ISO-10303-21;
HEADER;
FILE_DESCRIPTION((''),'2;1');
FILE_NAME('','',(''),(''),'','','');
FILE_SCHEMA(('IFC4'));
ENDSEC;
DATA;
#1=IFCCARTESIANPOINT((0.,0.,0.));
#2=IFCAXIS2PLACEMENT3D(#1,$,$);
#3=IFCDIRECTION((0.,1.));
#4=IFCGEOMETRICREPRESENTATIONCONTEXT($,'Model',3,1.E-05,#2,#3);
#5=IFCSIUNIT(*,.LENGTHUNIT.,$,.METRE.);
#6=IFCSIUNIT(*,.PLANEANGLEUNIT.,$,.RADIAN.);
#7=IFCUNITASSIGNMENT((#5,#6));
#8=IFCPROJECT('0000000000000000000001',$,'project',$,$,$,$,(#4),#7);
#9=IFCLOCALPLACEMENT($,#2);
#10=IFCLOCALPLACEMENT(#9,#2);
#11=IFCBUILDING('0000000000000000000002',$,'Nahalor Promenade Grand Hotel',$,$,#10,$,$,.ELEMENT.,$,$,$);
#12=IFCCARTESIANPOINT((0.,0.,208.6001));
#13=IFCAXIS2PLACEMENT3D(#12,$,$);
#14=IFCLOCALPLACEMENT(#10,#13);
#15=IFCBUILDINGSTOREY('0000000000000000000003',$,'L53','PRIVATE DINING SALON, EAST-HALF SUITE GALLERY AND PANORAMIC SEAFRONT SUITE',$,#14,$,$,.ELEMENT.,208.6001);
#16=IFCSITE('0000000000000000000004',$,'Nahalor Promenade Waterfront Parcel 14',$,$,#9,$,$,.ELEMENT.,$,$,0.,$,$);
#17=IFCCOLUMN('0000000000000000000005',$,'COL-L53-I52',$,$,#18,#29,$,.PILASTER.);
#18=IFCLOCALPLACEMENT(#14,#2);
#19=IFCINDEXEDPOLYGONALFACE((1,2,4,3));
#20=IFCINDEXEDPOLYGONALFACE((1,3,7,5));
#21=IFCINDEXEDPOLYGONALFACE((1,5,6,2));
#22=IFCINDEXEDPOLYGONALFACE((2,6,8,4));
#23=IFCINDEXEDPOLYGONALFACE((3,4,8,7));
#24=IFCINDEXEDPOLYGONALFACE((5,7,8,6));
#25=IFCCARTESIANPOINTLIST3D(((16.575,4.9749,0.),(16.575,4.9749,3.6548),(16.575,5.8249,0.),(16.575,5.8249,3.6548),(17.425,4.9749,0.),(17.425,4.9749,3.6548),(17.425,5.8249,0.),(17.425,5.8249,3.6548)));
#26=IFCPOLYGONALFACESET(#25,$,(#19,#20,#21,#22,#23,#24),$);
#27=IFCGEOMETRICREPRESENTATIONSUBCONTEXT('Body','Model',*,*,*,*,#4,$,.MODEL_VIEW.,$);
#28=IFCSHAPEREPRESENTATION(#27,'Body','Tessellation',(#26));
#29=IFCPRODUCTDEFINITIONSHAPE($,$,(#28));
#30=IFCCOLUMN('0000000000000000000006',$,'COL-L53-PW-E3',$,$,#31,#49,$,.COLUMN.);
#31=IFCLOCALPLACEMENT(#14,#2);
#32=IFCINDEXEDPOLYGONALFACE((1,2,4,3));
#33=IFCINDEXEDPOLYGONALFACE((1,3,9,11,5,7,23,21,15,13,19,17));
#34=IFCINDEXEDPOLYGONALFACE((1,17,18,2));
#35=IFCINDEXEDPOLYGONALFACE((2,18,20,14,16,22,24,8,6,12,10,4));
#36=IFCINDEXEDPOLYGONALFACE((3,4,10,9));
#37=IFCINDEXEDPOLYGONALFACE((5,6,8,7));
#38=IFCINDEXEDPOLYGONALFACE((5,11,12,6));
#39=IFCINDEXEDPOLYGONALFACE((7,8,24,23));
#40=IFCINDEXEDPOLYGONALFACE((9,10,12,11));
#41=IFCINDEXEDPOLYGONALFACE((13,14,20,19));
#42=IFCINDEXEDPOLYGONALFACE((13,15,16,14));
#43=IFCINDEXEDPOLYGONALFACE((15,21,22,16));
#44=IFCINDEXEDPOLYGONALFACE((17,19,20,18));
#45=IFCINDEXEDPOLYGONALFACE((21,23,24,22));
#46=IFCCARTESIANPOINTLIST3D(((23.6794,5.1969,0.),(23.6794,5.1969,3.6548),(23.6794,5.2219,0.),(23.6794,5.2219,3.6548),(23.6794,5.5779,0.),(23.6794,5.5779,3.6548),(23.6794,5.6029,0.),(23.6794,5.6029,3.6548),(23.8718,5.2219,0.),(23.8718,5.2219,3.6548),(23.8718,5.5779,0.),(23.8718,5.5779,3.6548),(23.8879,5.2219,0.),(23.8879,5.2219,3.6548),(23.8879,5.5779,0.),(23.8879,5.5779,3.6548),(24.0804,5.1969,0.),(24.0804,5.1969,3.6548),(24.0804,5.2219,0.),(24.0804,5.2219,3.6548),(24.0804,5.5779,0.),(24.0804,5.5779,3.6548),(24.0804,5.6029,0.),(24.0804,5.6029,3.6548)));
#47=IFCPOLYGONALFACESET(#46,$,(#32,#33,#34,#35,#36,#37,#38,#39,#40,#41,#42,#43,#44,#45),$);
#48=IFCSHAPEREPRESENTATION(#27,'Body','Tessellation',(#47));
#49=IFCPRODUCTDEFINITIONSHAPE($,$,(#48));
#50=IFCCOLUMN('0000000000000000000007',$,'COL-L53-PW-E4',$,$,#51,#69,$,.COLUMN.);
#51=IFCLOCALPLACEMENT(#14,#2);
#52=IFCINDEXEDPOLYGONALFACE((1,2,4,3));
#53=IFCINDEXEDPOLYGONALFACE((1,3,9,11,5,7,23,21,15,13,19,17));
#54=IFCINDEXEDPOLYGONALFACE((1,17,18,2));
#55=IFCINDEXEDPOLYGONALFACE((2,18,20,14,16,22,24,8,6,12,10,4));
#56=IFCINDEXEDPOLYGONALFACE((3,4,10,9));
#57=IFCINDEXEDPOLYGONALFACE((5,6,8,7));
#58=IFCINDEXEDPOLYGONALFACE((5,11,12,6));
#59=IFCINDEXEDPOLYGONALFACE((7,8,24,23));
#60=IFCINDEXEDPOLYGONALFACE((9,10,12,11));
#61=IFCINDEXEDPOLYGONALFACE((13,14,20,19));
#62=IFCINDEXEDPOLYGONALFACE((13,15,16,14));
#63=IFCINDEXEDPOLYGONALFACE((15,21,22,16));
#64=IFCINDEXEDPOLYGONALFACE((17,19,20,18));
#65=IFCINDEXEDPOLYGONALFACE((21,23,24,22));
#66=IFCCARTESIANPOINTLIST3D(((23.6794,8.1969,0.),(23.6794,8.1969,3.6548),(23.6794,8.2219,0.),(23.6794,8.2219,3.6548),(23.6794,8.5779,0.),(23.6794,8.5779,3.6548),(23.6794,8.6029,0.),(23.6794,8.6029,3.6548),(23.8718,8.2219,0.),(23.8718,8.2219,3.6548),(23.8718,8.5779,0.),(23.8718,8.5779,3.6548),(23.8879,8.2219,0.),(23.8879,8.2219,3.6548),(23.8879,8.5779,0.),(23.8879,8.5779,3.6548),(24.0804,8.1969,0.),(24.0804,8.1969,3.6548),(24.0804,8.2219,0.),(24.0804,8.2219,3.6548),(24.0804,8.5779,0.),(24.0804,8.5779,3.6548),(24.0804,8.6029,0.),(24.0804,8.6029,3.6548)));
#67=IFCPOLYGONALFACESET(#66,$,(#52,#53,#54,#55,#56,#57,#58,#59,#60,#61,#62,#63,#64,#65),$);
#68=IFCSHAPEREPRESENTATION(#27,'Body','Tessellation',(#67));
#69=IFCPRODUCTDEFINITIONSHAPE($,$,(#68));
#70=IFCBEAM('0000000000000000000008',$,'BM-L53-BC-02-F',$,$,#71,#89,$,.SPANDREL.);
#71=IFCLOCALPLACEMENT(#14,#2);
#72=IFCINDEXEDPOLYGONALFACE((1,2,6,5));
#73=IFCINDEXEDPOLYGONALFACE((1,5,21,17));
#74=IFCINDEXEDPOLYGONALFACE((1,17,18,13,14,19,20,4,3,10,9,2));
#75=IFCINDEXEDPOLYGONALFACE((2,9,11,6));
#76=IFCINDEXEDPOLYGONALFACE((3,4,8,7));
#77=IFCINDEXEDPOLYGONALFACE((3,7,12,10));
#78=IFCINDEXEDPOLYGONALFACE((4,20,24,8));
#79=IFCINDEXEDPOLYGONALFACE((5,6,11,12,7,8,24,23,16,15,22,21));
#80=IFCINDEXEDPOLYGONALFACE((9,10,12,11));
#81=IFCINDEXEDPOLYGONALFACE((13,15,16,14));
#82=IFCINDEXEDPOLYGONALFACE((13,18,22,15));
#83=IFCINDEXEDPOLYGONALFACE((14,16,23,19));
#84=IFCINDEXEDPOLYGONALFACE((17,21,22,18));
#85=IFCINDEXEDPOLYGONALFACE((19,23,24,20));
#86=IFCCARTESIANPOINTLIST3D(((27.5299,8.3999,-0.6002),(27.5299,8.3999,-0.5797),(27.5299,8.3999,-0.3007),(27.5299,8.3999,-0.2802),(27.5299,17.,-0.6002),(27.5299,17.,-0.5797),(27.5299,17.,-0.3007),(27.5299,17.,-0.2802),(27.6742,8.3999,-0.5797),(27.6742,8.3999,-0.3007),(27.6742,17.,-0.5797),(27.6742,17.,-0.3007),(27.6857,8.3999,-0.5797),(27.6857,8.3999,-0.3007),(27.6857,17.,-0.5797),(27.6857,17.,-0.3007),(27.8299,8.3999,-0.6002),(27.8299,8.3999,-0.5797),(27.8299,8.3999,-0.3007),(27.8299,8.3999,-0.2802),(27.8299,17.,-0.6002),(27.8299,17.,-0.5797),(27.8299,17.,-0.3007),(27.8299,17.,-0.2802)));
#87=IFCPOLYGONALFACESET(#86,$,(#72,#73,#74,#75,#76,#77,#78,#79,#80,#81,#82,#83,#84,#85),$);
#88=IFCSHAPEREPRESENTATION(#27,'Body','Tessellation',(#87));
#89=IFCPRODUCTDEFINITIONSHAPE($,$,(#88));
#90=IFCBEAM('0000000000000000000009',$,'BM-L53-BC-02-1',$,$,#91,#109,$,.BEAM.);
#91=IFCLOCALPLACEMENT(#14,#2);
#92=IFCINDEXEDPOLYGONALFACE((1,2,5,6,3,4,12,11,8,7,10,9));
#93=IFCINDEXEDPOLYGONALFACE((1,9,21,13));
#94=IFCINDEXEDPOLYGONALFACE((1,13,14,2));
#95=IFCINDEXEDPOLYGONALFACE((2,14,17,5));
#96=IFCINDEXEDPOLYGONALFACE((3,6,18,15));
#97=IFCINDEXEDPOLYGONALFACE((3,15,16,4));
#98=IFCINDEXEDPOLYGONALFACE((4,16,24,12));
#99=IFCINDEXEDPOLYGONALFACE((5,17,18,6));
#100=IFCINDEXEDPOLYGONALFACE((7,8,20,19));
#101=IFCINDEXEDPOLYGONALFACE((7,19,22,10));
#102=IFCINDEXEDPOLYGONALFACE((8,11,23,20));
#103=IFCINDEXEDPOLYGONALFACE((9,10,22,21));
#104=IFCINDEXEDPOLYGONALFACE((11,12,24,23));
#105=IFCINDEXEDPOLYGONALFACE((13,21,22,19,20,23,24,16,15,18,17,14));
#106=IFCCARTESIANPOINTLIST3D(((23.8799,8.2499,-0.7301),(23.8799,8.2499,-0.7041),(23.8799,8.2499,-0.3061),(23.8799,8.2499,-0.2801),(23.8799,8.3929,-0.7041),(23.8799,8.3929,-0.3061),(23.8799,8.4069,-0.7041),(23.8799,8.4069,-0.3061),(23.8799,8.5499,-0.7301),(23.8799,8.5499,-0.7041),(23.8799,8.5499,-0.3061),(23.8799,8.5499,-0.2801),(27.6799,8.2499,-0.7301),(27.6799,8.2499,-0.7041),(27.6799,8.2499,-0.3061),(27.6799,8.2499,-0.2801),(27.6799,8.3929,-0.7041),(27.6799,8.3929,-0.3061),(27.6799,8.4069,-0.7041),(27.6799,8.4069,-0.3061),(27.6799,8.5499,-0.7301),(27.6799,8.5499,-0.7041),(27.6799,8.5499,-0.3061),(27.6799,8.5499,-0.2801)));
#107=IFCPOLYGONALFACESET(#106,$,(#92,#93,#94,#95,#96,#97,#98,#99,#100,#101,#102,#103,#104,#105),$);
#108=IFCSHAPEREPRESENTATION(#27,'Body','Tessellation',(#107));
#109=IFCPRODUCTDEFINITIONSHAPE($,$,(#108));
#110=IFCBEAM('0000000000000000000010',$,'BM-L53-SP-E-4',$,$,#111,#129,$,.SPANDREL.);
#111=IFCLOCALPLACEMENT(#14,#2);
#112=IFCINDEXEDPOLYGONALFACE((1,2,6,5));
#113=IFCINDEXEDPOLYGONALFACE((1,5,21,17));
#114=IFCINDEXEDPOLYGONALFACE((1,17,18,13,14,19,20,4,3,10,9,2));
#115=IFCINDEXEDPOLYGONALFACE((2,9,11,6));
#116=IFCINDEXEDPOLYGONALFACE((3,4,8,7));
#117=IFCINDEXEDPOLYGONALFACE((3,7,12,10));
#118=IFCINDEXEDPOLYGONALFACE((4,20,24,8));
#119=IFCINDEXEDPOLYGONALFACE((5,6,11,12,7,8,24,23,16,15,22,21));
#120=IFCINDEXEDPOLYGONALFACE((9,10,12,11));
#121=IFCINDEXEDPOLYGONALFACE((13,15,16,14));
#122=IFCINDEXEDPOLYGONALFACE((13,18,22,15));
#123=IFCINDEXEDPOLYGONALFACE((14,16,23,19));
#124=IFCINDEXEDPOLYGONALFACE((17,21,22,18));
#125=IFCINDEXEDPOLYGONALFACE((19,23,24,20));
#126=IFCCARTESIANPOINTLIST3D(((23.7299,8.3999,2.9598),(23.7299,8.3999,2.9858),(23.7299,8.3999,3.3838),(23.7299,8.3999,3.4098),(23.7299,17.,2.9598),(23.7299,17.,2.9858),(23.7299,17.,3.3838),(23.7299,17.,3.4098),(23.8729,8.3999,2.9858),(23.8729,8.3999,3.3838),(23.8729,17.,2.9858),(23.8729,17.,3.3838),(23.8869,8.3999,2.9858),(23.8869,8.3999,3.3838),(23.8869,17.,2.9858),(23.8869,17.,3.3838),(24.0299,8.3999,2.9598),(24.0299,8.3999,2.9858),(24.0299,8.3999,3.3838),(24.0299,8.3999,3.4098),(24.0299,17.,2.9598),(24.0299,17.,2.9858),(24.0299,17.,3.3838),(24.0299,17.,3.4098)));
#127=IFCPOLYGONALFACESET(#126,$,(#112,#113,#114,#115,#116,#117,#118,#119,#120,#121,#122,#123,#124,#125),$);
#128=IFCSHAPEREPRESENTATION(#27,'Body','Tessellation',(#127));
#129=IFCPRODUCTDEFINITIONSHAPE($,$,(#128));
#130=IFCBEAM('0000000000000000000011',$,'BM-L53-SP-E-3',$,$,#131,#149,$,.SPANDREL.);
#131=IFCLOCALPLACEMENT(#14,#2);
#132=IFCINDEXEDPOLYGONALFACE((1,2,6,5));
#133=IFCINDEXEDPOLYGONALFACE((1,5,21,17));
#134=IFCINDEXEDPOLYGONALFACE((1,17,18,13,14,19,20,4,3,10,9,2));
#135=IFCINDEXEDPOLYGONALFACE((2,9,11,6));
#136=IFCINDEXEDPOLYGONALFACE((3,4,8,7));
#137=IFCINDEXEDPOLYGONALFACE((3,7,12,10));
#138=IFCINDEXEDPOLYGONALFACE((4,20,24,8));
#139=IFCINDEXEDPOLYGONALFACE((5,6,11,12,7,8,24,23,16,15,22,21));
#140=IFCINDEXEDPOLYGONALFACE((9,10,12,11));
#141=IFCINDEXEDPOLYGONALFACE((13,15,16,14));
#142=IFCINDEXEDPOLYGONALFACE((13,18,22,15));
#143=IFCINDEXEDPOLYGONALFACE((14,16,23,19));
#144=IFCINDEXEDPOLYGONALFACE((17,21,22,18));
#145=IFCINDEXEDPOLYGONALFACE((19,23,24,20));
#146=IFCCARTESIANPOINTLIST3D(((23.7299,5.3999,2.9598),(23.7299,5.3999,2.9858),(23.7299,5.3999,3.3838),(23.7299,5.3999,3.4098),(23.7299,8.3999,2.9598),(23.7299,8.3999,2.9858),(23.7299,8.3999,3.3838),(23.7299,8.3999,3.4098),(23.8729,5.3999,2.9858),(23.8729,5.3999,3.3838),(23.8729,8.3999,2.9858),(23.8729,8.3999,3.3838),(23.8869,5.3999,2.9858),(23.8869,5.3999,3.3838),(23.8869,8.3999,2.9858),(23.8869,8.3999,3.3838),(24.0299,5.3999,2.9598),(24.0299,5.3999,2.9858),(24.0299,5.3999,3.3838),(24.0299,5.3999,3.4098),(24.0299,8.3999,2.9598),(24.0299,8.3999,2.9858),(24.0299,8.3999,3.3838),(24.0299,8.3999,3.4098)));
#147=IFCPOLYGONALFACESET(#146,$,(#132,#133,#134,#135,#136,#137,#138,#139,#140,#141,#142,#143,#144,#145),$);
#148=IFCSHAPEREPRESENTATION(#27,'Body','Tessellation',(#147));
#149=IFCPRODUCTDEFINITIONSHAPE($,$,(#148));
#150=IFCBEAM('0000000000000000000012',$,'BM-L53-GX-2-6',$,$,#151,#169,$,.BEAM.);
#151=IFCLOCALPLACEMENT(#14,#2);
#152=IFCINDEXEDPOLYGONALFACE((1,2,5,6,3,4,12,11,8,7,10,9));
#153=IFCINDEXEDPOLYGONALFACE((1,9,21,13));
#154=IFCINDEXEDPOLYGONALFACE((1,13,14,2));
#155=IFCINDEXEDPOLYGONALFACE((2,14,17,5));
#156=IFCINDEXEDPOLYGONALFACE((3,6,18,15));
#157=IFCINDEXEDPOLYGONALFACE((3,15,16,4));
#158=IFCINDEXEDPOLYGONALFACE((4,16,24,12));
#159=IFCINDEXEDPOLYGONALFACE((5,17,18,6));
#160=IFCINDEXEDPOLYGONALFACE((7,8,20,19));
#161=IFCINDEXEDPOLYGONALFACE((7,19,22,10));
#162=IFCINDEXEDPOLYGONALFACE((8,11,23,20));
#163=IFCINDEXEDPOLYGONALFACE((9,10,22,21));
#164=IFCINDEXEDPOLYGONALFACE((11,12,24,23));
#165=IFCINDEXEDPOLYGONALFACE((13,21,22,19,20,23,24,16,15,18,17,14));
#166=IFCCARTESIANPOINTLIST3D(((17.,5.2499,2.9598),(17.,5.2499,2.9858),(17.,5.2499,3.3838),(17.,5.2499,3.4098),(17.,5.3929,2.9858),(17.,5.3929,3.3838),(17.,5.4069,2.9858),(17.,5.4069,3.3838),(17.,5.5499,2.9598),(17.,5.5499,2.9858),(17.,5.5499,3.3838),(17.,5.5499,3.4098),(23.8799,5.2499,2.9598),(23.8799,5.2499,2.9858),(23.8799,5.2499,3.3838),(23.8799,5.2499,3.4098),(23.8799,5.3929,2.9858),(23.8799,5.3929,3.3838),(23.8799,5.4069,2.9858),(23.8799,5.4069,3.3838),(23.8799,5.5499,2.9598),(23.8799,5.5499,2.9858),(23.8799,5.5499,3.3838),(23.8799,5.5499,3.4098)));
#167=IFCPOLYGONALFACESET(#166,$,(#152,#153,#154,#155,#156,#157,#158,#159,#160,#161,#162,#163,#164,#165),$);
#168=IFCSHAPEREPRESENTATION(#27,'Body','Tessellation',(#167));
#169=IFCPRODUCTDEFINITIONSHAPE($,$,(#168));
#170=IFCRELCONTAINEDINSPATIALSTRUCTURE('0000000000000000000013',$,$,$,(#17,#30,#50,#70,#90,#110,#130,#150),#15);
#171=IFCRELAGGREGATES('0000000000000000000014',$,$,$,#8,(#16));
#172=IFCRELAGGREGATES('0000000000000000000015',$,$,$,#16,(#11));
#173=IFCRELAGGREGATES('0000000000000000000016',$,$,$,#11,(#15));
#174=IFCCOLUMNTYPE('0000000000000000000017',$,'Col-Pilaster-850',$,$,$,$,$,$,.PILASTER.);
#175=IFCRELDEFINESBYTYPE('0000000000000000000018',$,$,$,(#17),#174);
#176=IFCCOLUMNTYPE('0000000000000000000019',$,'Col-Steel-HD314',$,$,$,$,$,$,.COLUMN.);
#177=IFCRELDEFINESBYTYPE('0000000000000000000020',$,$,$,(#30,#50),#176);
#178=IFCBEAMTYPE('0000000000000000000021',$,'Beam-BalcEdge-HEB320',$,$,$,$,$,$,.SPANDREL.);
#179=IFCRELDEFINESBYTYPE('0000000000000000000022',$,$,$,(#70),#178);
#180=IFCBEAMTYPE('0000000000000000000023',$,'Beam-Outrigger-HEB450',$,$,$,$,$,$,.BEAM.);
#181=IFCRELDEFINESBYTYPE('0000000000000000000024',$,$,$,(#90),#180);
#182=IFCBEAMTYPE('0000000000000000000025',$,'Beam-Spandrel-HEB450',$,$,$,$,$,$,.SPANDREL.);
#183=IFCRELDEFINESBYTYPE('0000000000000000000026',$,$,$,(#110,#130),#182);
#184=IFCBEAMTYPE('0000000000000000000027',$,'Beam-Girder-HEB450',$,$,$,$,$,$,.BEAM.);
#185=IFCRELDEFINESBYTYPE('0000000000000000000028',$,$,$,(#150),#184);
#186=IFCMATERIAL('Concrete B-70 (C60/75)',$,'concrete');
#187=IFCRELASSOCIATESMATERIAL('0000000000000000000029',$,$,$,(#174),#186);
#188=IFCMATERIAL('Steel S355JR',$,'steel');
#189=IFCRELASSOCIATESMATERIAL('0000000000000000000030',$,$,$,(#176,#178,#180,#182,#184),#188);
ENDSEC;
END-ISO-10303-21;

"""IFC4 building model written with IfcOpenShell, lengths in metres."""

from ifc_helpers import new_model, si_unit, direction, frame, origin, origin_2d, place, context, subcontext, project, spatial, rectangle, i_section, extrude, source, transform, mapped, material, material_profile, profile_set, type_object, element, save


model = new_model("IFC4")

# Units and contexts
model_context = context("Model", 3, precision=1e-05, world=origin(), true_north=direction((0.0, 1.0)))
body_context = subcontext(model_context, "Body", "Model", "MODEL_VIEW")
ifc_project = project(units=[si_unit("LENGTHUNIT", "METRE"), si_unit("PLANEANGLEUNIT", "RADIAN")], contexts=[model_context])

# Site, building, storey
site_placement = place(None, origin())
site = spatial("IfcSite", under=ifc_project, at=site_placement, Name="Nahalor Promenade Waterfront Parcel 14", CompositionType="ELEMENT", RefElevation=0.0)
building_placement = place(site_placement, origin())
building = spatial("IfcBuilding", under=site, at=building_placement, Name="Nahalor Promenade Grand Hotel", CompositionType="ELEMENT")
storey_placement = place(building_placement, frame((0.0, 0.0, 208.6001)))
storey = spatial("IfcBuildingStorey", under=building, at=storey_placement, Name="L53", Description="PRIVATE DINING SALON, EAST-HALF SUITE GALLERY AND PANORAMIC SEAFRONT SUITE", CompositionType="ELEMENT", Elevation=208.6001)

# Columns
ifc_material_1 = material(Name="Concrete B-70 (C60/75)", Category="concrete")
ifc_material_profile_1 = material_profile(ifc_material_1, rectangle(XDim=0.85, YDim=0.85, at=origin_2d()), Name="RC 850x850")
ifc_profile_set_1 = profile_set([ifc_material_profile_1], Name="Concrete B-70 (C60/75)")
column_type_1 = type_object("IfcColumnType", Name="Col-Pilaster-850", PredefinedType="PILASTER", material=ifc_profile_set_1)
shared_shape_1 = source(origin(), body_context, "Body", "SweptSolid", [
    extrude(rectangle(XDim=0.85, YDim=0.85, at=origin_2d()), origin(), (0.0, 0.0, 1.0), 3.6548),
])
column_placement = place(storey_placement, frame((17.0, 5.3999, 0.0), z_axis=(0.0, 0.0, 1.0), x_axis=(1.0, 0.0, 0.0)))
element("IfcColumn", 1, at=column_placement, inside=storey, type_object=column_type_1, Name="COL-L53-I52", PredefinedType="PILASTER", context=body_context, shape_type="MappedRepresentation", body=[
    mapped(shared_shape_1, transform((0.0, 0.0, 0.0), scale=1.0)),
])
ifc_material_2 = material(Name="Steel S355JR", Category="steel")
ifc_material_profile_2 = material_profile(ifc_material_2, i_section(OverallWidth=0.401, OverallDepth=0.406, WebThickness=0.0161, FlangeThickness=0.025, at=origin_2d()), Name="HD 400x314")
ifc_profile_set_2 = profile_set([ifc_material_profile_2], Name="Steel S355JR")
column_type_2 = type_object("IfcColumnType", Name="Col-Steel-HD314", PredefinedType="COLUMN", material=ifc_profile_set_2)
shared_shape_2 = source(origin(), body_context, "Body", "SweptSolid", [
    extrude(i_section(OverallWidth=0.401, OverallDepth=0.406, WebThickness=0.0161, FlangeThickness=0.025, at=origin_2d()), origin(), (0.0, 0.0, 1.0), 3.6548),
])
for number, where, z_axis, x_axis, name in (
    (2, (23.8799, 5.3999, 0.0), (0.0, 0.0, 1.0), (1.0, 0.0, 0.0), "COL-L53-PW-E3"),
    (3, (23.8799, 8.3999, 0.0), (0.0, 0.0, 1.0), (1.0, 0.0, 0.0), "COL-L53-PW-E4"),
):
    element("IfcColumn", number, at=place(storey_placement, frame(where, z_axis=z_axis, x_axis=x_axis)), inside=storey, type_object=column_type_2, Name=name, PredefinedType="COLUMN", context=body_context, shape_type="MappedRepresentation", body=[
        mapped(shared_shape_2, transform((0.0, 0.0, 0.0), scale=1.0)),
    ])

# Beams
ifc_material_profile_3 = material_profile(ifc_material_2, i_section(OverallWidth=0.3, OverallDepth=0.32, WebThickness=0.0115, FlangeThickness=0.0205, at=origin_2d()), Name="HEB 320")
ifc_profile_set_3 = profile_set([ifc_material_profile_3], Name="Steel S355JR")
beam_type_1 = type_object("IfcBeamType", Name="Beam-BalcEdge-HEB320", PredefinedType="SPANDREL", material=ifc_profile_set_3)
shared_shape_3 = source(origin(), body_context, "Body", "SweptSolid", [
    extrude(i_section(OverallWidth=0.3, OverallDepth=0.32, WebThickness=0.0115, FlangeThickness=0.0205, at=origin_2d()), origin(), (0.0, 0.0, 1.0), 8.6001),
])
beam_1_placement = place(storey_placement, frame((27.6799, 8.3999, -0.4402), z_axis=(0.0, 1.0, 0.0), x_axis=(-1.0, 0.0, 0.0)))
element("IfcBeam", 4, at=beam_1_placement, inside=storey, type_object=beam_type_1, Name="BM-L53-BC-02-F", PredefinedType="SPANDREL", context=body_context, shape_type="MappedRepresentation", body=[
    mapped(shared_shape_3, transform((0.0, 0.0, 0.0), scale=1.0)),
])
ifc_material_profile_4 = material_profile(ifc_material_2, i_section(OverallWidth=0.3, OverallDepth=0.45, WebThickness=0.014, FlangeThickness=0.026, at=origin_2d()), Name="HEB 450")
ifc_profile_set_4 = profile_set([ifc_material_profile_4], Name="Steel S355JR")
beam_type_2 = type_object("IfcBeamType", Name="Beam-Outrigger-HEB450", PredefinedType="BEAM", material=ifc_profile_set_4)
shared_shape_4 = source(origin(), body_context, "Body", "SweptSolid", [
    extrude(i_section(OverallWidth=0.3, OverallDepth=0.45, WebThickness=0.014, FlangeThickness=0.026, at=origin_2d()), origin(), (0.0, 0.0, 1.0), 3.8),
])
beam_2_placement = place(storey_placement, frame((23.8799, 8.3999, -0.5051), z_axis=(1.0, 0.0, 0.0), x_axis=(0.0, 1.0, 0.0)))
element("IfcBeam", 5, at=beam_2_placement, inside=storey, type_object=beam_type_2, Name="BM-L53-BC-02-1", PredefinedType="BEAM", context=body_context, shape_type="MappedRepresentation", body=[
    mapped(shared_shape_4, transform((0.0, 0.0, 0.0), scale=1.0)),
])
ifc_material_profile_5 = material_profile(ifc_material_2, i_section(OverallWidth=0.3, OverallDepth=0.45, WebThickness=0.014, FlangeThickness=0.026, at=origin_2d()), Name="HEB 450")
ifc_profile_set_5 = profile_set([ifc_material_profile_5], Name="Steel S355JR")
beam_type_3 = type_object("IfcBeamType", Name="Beam-Spandrel-HEB450", PredefinedType="SPANDREL", material=ifc_profile_set_5)
shared_shape_5 = source(origin(), body_context, "Body", "SweptSolid", [
    extrude(i_section(OverallWidth=0.3, OverallDepth=0.45, WebThickness=0.014, FlangeThickness=0.026, at=origin_2d()), origin(), (0.0, 0.0, 1.0), 8.6001),
])
beam_3_placement = place(storey_placement, frame((23.8799, 8.3999, 3.1848), z_axis=(0.0, 1.0, 0.0), x_axis=(-1.0, 0.0, 0.0)))
element("IfcBeam", 6, at=beam_3_placement, inside=storey, type_object=beam_type_3, Name="BM-L53-SP-E-4", PredefinedType="SPANDREL", context=body_context, shape_type="MappedRepresentation", body=[
    mapped(shared_shape_5, transform((0.0, 0.0, 0.0), scale=1.0)),
])
shared_shape_6 = source(origin(), body_context, "Body", "SweptSolid", [
    extrude(i_section(OverallWidth=0.3, OverallDepth=0.45, WebThickness=0.014, FlangeThickness=0.026, at=origin_2d()), origin(), (0.0, 0.0, 1.0), 3.0),
])
beam_4_placement = place(storey_placement, frame((23.8799, 5.3999, 3.1848), z_axis=(0.0, 1.0, 0.0), x_axis=(-1.0, 0.0, 0.0)))
element("IfcBeam", 7, at=beam_4_placement, inside=storey, type_object=beam_type_3, Name="BM-L53-SP-E-3", PredefinedType="SPANDREL", context=body_context, shape_type="MappedRepresentation", body=[
    mapped(shared_shape_6, transform((0.0, 0.0, 0.0), scale=1.0)),
])
ifc_material_profile_6 = material_profile(ifc_material_2, i_section(OverallWidth=0.3, OverallDepth=0.45, WebThickness=0.014, FlangeThickness=0.026, at=origin_2d()), Name="HEB 450")
ifc_profile_set_6 = profile_set([ifc_material_profile_6], Name="Steel S355JR")
beam_type_4 = type_object("IfcBeamType", Name="Beam-Girder-HEB450", PredefinedType="BEAM", material=ifc_profile_set_6)
shared_shape_7 = source(origin(), body_context, "Body", "SweptSolid", [
    extrude(i_section(OverallWidth=0.3, OverallDepth=0.45, WebThickness=0.014, FlangeThickness=0.026, at=origin_2d()), origin(), (0.0, 0.0, 1.0), 6.8799),
])
beam_5_placement = place(storey_placement, frame((17.0, 5.3999, 3.1848), z_axis=(1.0, 0.0, 0.0), x_axis=(0.0, 1.0, 0.0)))
element("IfcBeam", 8, at=beam_5_placement, inside=storey, type_object=beam_type_4, Name="BM-L53-GX-2-6", PredefinedType="BEAM", context=body_context, shape_type="MappedRepresentation", body=[
    mapped(shared_shape_7, transform((0.0, 0.0, 0.0), scale=1.0)),
])

save(model, "model.ifc")
